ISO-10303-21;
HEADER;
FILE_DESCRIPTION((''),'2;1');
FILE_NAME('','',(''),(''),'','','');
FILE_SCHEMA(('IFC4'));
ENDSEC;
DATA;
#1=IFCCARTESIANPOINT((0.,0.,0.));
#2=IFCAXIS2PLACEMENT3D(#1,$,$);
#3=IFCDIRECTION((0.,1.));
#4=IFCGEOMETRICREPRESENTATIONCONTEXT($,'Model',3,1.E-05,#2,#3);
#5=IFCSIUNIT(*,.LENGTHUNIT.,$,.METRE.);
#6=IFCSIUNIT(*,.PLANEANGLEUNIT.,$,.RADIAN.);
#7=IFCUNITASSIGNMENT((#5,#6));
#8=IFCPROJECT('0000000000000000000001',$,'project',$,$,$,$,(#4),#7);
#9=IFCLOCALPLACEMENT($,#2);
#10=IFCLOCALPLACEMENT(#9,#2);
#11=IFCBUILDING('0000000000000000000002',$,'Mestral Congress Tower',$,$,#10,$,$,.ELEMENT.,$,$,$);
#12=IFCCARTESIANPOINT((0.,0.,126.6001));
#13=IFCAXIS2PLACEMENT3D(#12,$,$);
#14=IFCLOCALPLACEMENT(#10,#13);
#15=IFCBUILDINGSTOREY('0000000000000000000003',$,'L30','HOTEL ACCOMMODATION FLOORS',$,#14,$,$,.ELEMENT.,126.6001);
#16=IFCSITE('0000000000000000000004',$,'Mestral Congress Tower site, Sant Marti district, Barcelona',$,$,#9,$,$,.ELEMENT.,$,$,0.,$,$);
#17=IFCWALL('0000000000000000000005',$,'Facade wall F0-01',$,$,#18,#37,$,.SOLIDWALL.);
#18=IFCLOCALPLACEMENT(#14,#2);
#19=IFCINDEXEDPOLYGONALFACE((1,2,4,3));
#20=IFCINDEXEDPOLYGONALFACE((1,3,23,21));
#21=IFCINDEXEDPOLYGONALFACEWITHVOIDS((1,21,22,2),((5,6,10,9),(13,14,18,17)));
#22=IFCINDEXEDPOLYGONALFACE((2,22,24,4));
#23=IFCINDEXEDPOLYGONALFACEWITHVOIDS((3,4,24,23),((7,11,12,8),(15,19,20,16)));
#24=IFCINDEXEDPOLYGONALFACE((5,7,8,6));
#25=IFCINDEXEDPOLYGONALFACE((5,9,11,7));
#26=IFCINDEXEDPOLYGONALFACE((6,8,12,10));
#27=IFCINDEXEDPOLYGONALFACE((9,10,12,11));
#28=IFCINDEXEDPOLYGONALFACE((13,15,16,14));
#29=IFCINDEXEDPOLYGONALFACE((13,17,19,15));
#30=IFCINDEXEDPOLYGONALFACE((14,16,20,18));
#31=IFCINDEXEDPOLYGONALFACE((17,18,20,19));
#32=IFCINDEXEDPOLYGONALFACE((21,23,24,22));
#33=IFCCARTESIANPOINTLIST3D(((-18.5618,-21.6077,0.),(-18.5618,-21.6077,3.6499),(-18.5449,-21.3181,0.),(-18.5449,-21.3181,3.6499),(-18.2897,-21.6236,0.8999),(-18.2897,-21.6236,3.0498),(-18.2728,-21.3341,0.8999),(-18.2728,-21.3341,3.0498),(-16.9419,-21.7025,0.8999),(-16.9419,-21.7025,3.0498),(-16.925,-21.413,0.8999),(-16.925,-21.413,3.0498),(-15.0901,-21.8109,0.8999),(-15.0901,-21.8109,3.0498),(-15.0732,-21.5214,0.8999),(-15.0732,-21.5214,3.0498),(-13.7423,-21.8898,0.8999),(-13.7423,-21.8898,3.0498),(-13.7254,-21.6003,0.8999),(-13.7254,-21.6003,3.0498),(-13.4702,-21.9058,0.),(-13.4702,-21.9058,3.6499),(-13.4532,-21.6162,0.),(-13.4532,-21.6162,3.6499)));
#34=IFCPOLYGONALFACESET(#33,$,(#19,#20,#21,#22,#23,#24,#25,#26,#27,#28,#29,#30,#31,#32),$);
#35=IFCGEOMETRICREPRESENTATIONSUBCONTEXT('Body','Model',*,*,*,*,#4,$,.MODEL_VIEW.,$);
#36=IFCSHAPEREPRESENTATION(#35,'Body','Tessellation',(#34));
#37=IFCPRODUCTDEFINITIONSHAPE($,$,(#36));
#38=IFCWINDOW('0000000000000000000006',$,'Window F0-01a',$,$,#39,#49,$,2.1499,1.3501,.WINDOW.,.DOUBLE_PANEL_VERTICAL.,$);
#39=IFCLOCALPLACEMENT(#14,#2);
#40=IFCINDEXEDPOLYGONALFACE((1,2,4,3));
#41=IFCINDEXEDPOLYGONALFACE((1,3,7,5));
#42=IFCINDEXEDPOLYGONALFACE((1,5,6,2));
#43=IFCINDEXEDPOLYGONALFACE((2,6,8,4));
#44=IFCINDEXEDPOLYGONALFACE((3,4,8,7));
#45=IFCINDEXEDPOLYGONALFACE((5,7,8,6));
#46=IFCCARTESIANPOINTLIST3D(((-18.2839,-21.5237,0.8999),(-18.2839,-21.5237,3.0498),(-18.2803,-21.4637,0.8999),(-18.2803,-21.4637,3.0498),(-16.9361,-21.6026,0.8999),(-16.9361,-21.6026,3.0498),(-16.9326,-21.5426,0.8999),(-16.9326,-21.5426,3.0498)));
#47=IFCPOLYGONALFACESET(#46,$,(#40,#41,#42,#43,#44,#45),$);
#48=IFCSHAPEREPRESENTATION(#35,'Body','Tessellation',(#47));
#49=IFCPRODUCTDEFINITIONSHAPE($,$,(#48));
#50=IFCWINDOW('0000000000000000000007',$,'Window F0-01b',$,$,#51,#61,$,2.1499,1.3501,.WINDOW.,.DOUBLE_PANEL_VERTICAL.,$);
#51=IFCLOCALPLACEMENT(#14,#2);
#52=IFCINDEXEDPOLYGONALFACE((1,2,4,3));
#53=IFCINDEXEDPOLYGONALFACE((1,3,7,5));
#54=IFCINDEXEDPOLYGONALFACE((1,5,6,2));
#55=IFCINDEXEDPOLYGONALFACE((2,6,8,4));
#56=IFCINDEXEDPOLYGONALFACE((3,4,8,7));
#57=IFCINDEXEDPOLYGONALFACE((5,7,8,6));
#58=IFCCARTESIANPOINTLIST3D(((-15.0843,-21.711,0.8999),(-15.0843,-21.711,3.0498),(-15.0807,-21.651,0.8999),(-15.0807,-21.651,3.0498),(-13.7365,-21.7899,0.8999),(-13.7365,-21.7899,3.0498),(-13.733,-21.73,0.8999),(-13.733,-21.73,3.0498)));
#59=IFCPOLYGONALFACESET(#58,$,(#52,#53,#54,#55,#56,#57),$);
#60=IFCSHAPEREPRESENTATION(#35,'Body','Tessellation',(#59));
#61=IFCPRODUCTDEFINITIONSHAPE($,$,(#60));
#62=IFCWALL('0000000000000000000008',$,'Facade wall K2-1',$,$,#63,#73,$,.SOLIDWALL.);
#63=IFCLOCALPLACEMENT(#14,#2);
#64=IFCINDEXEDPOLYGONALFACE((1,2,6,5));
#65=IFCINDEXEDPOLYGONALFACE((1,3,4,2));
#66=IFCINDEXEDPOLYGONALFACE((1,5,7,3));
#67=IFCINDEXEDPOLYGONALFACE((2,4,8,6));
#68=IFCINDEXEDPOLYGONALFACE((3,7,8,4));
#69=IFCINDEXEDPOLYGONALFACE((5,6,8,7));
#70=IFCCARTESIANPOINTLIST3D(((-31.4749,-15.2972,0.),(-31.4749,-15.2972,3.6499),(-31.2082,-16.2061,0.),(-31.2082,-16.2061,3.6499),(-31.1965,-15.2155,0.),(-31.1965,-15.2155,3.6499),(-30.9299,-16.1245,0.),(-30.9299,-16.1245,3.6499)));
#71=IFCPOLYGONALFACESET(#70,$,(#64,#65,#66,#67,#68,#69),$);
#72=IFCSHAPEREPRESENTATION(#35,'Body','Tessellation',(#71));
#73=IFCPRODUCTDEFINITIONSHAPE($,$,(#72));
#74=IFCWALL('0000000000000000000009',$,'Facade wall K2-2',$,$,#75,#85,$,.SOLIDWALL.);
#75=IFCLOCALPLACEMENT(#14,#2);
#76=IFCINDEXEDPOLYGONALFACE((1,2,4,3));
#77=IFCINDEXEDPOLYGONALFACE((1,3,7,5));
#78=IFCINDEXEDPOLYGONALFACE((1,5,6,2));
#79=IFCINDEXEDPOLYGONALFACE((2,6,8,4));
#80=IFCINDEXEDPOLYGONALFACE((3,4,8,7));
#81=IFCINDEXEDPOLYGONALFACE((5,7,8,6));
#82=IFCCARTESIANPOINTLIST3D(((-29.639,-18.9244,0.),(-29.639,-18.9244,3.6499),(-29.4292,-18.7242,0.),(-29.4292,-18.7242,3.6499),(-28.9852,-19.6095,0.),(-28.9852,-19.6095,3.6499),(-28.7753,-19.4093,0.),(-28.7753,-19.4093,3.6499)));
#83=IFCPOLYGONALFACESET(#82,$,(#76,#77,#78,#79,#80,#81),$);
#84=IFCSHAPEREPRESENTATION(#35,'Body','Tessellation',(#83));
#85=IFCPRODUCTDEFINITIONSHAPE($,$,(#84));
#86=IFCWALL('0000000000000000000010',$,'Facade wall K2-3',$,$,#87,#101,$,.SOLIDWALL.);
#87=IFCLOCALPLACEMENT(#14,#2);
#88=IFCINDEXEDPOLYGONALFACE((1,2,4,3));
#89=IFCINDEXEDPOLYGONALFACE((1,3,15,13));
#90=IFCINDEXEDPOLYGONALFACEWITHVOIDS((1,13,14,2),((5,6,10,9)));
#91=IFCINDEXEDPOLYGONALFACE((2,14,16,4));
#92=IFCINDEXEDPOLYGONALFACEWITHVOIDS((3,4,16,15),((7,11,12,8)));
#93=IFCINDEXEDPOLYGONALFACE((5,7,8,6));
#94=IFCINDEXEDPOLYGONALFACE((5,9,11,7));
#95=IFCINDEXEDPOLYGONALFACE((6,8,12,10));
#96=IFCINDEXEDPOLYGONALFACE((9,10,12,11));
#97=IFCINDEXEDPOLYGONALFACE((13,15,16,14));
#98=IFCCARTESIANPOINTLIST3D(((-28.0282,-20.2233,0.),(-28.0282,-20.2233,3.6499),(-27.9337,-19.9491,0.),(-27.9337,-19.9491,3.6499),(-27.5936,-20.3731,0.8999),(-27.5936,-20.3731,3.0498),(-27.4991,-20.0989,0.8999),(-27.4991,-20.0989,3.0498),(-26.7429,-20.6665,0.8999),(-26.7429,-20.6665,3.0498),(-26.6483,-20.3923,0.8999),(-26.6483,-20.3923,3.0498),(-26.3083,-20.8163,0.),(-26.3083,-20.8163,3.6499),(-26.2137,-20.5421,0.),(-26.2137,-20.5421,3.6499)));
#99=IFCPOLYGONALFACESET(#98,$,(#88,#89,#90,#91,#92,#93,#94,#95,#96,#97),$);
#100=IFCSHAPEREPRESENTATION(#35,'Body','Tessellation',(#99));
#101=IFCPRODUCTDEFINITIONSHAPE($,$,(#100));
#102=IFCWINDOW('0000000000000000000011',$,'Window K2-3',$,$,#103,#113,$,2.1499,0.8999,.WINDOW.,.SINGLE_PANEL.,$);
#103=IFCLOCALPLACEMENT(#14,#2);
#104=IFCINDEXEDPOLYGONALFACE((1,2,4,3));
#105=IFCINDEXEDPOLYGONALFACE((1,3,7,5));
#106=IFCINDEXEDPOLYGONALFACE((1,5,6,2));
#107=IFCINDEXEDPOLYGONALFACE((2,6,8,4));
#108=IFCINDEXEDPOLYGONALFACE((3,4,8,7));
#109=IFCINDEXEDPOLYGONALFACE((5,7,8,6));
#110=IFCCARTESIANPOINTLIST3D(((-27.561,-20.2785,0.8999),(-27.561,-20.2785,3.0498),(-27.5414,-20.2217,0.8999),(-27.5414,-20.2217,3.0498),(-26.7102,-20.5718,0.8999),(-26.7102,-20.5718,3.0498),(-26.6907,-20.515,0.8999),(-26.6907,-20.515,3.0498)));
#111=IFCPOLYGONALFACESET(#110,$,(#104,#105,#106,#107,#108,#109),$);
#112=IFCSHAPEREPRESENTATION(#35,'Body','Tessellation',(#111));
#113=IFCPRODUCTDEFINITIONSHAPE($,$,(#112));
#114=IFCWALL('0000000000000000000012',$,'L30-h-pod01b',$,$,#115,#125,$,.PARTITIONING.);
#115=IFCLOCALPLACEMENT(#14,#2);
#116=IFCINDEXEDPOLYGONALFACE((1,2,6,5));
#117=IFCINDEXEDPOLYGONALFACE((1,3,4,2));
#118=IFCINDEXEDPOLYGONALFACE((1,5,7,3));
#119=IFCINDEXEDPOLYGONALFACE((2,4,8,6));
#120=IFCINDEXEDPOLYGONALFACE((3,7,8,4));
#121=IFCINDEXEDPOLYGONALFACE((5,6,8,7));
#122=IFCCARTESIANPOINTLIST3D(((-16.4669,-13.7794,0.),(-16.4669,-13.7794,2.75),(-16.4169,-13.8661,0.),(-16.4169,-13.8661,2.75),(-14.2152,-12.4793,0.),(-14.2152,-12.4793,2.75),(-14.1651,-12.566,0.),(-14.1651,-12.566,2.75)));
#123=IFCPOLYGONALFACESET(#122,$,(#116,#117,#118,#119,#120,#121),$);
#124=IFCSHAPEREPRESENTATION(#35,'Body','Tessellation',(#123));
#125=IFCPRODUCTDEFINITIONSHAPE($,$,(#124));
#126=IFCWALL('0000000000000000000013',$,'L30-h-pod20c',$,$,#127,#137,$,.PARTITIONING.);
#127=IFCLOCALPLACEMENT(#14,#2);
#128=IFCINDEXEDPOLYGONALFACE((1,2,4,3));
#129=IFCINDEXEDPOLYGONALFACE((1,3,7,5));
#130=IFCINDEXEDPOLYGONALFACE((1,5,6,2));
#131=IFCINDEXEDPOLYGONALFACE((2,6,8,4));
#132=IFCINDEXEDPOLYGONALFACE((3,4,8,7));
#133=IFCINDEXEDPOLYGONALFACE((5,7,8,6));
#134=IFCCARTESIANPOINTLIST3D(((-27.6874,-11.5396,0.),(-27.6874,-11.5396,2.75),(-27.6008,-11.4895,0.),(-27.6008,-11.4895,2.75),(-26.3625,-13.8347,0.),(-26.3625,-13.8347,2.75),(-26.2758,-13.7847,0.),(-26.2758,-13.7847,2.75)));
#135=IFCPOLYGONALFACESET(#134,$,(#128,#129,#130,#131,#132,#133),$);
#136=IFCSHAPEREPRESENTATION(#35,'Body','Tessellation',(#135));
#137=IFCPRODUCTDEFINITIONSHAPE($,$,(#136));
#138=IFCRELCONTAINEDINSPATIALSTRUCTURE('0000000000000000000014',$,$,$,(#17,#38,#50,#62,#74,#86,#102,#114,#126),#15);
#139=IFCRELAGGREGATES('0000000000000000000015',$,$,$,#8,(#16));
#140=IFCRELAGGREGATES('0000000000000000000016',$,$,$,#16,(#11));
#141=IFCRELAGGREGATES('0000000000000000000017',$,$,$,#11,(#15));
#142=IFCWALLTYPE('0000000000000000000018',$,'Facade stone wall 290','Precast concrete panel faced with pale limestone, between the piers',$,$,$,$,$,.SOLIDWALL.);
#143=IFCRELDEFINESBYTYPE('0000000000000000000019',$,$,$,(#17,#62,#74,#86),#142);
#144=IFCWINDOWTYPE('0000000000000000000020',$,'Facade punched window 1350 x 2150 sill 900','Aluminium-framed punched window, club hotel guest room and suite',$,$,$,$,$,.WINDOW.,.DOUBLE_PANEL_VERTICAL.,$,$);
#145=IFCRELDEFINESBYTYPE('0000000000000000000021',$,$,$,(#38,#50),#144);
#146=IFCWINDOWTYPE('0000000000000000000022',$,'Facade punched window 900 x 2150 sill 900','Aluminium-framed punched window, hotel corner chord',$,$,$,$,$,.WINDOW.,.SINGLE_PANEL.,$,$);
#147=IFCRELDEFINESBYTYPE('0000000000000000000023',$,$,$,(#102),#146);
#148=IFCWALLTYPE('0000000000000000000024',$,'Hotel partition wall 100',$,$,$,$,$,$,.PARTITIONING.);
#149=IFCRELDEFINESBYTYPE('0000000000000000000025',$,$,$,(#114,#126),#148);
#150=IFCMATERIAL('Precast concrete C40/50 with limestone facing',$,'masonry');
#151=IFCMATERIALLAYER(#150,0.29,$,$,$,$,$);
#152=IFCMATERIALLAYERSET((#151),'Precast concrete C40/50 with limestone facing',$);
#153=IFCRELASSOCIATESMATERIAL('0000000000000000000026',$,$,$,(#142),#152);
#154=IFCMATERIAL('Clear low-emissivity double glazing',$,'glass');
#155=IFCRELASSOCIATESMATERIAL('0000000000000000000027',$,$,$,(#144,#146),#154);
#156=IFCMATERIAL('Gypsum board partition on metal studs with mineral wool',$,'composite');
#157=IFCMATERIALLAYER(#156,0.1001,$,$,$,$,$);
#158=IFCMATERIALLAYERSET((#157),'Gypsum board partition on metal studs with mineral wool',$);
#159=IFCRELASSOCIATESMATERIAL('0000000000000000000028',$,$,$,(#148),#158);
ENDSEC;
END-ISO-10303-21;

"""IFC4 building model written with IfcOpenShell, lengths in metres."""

from ifc_helpers import new_model, si_unit, direction, frame, frame_2d, origin, place, context, subcontext, project, spatial, rectangle, extrude, material, layer, layer_set, type_object, element, fill, save


model = new_model("IFC4")

# Units and contexts
model_context = context("Model", 3, precision=1e-05, world=origin(), true_north=direction((0.0, 1.0)))
body_context = subcontext(model_context, "Body", "Model", "MODEL_VIEW")
ifc_project = project(units=[si_unit("LENGTHUNIT", "METRE"), si_unit("PLANEANGLEUNIT", "RADIAN")], contexts=[model_context])

# Site, building, storey
site_placement = place(None, origin())
site = spatial("IfcSite", under=ifc_project, at=site_placement, Name="Mestral Congress Tower site, Sant Marti district, Barcelona", CompositionType="ELEMENT", RefElevation=0.0)
building_placement = place(site_placement, origin())
building = spatial("IfcBuilding", under=site, at=building_placement, Name="Mestral Congress Tower", CompositionType="ELEMENT")
storey_placement = place(building_placement, frame((0.0, 0.0, 126.6001)))
storey = spatial("IfcBuildingStorey", under=building, at=storey_placement, Name="L30", Description="HOTEL ACCOMMODATION FLOORS", CompositionType="ELEMENT", Elevation=126.6001)

# Wall, openings, windows
ifc_material_1 = material(Name="Precast concrete C40/50 with limestone facing", Category="masonry")
ifc_layer_1 = layer(ifc_material_1, 0.29)
ifc_layer_set_1 = layer_set([ifc_layer_1], Name="Precast concrete C40/50 with limestone facing")
wall_type_1 = type_object("IfcWallType", Name="Facade stone wall 290", Description="Precast concrete panel faced with pale limestone, between the piers", PredefinedType="SOLIDWALL", material=ifc_layer_set_1)
ifc_material_2 = material(Name="Clear low-emissivity double glazing", Category="glass")
window_type_1 = type_object("IfcWindowType", Name="Facade punched window 1350 x 2150 sill 900", Description="Aluminium-framed punched window, club hotel guest room and suite", PartitioningType="DOUBLE_PANEL_VERTICAL", PredefinedType="WINDOW", material=ifc_material_2)
wall_1_placement = place(storey_placement, frame((-18.5535, -21.4629, 0.0), z_axis=(0.0, 0.0, 1.0), x_axis=(0.998291, -0.058447, 0.0)))
wall_1 = element("IfcWall", 1, at=wall_1_placement, inside=storey, type_object=wall_type_1, Name="Facade wall F0-01", PredefinedType="SOLIDWALL", context=body_context, shape_type="SweptSolid", body=[
    extrude(rectangle(XDim=5.1003, YDim=0.29, at=frame_2d((2.5503, 0.0))), origin(), (0.0, 0.0, 1.0), 3.6499),
])
opening_1_placement = place(wall_1_placement, frame((0.2727, 0.0, 0.8999)))
opening_1 = element("IfcOpeningElement", 2, at=opening_1_placement, cuts=wall_1, PredefinedType="OPENING", context=body_context, shape_type="SweptSolid", body=[
    extrude(rectangle(XDim=1.3501, YDim=2.1499, at=frame_2d((0.675, 1.075))), frame((0.0, 0.155, 0.0), z_axis=(0.0, -1.0, 0.0), x_axis=(1.0, 0.0, 0.0)), (0.0, 0.0, 1.0), 0.3101),
])
opening_2_placement = place(wall_1_placement, frame((3.4778, 0.0, 0.8999)))
opening_2 = element("IfcOpeningElement", 3, at=opening_2_placement, cuts=wall_1, PredefinedType="OPENING", context=body_context, shape_type="SweptSolid", body=[
    extrude(rectangle(XDim=1.3501, YDim=2.1499, at=frame_2d((0.675, 1.075))), frame((0.0, 0.155, 0.0), z_axis=(0.0, -1.0, 0.0), x_axis=(1.0, 0.0, 0.0)), (0.0, 0.0, 1.0), 0.3101),
])
window_1_placement = place(opening_1_placement, origin())
window_1 = element("IfcWindow", 4, at=window_1_placement, inside=storey, type_object=window_type_1, Name="Window F0-01a", OverallHeight=2.1499, OverallWidth=1.3501, PartitioningType="DOUBLE_PANEL_VERTICAL", PredefinedType="WINDOW", context=body_context, shape_type="SweptSolid", body=[
    extrude(rectangle(XDim=1.3501, YDim=2.1499, at=frame_2d((0.675, 1.075))), frame((0.0, 0.0151, 0.0), z_axis=(0.0, -1.0, 0.0), x_axis=(1.0, 0.0, 0.0)), (0.0, 0.0, 1.0), 0.0601),
])
fill(opening_1, window_1)
window_2_placement = place(opening_2_placement, origin())
window_2 = element("IfcWindow", 5, at=window_2_placement, inside=storey, type_object=window_type_1, Name="Window F0-01b", OverallHeight=2.1499, OverallWidth=1.3501, PartitioningType="DOUBLE_PANEL_VERTICAL", PredefinedType="WINDOW", context=body_context, shape_type="SweptSolid", body=[
    extrude(rectangle(XDim=1.3501, YDim=2.1499, at=frame_2d((0.675, 1.075))), frame((0.0, 0.0151, 0.0), z_axis=(0.0, -1.0, 0.0), x_axis=(1.0, 0.0, 0.0)), (0.0, 0.0, 1.0), 0.0601),
])
fill(opening_2, window_2)

# Walls
wall_2_placement = place(storey_placement, frame((-31.3357, -15.2563, 0.0), z_axis=(0.0, 0.0, 1.0), x_axis=(0.281455, -0.959575, 0.0)))
element("IfcWall", 6, at=wall_2_placement, inside=storey, type_object=wall_type_1, Name="Facade wall K2-1", PredefinedType="SOLIDWALL", context=body_context, shape_type="SweptSolid", body=[
    extrude(rectangle(XDim=0.9473, YDim=0.29, at=frame_2d((0.4736, 0.0))), origin(), (0.0, 0.0, 1.0), 3.6499),
])
wall_3_placement = place(storey_placement, frame((-29.5342, -18.8242, 0.0), z_axis=(0.0, 0.0, 1.0), x_axis=(0.690414, -0.723414, 0.0)))
element("IfcWall", 7, at=wall_3_placement, inside=storey, type_object=wall_type_1, Name="Facade wall K2-2", PredefinedType="SOLIDWALL", context=body_context, shape_type="SweptSolid", body=[
    extrude(rectangle(XDim=0.947, YDim=0.29, at=frame_2d((0.4736, 0.0))), origin(), (0.0, 0.0, 1.0), 3.6499),
])

# Wall, opening, window
wall_4_placement = place(storey_placement, frame((-27.981, -20.0862, 0.0), z_axis=(0.0, 0.0, 1.0), x_axis=(0.945386, -0.325953, 0.0)))
wall_4 = element("IfcWall", 8, at=wall_4_placement, inside=storey, type_object=wall_type_1, Name="Facade wall K2-3", PredefinedType="SOLIDWALL", context=body_context, shape_type="SweptSolid", body=[
    extrude(rectangle(XDim=1.8193, YDim=0.29, at=frame_2d((0.9097, 0.0))), origin(), (0.0, 0.0, 1.0), 3.6499),
])
opening_3_placement = place(wall_4_placement, frame((0.4597, 0.0, 0.8999)))
opening_3 = element("IfcOpeningElement", 9, at=opening_3_placement, cuts=wall_4, PredefinedType="OPENING", context=body_context, shape_type="SweptSolid", body=[
    extrude(rectangle(XDim=0.8999, YDim=2.1499, at=frame_2d((0.45, 1.075))), frame((0.0, 0.155, 0.0), z_axis=(0.0, -1.0, 0.0), x_axis=(1.0, 0.0, 0.0)), (0.0, 0.0, 1.0), 0.3101),
])
window_type_2 = type_object("IfcWindowType", Name="Facade punched window 900 x 2150 sill 900", Description="Aluminium-framed punched window, hotel corner chord", PartitioningType="SINGLE_PANEL", PredefinedType="WINDOW", material=ifc_material_2)
window_3_placement = place(opening_3_placement, origin())
window_3 = element("IfcWindow", 10, at=window_3_placement, inside=storey, type_object=window_type_2, Name="Window K2-3", OverallHeight=2.1499, OverallWidth=0.8999, PartitioningType="SINGLE_PANEL", PredefinedType="WINDOW", context=body_context, shape_type="SweptSolid", body=[
    extrude(rectangle(XDim=0.8999, YDim=2.1499, at=frame_2d((0.45, 1.075))), frame((0.0, 0.0151, 0.0), z_axis=(0.0, -1.0, 0.0), x_axis=(1.0, 0.0, 0.0)), (0.0, 0.0, 1.0), 0.0601),
])
fill(opening_3, window_3)

# Walls
ifc_material_3 = material(Name="Gypsum board partition on metal studs with mineral wool", Category="composite")
ifc_layer_2 = layer(ifc_material_3, 0.1001)
ifc_layer_set_2 = layer_set([ifc_layer_2], Name="Gypsum board partition on metal studs with mineral wool")
wall_type_2 = type_object("IfcWallType", Name="Hotel partition wall 100", PredefinedType="PARTITIONING", material=ifc_layer_set_2)
wall_5_placement = place(storey_placement, frame((-16.4419, -13.8228, 0.0), z_axis=(0.0, 0.0, 1.0), x_axis=(0.866021, 0.500007, 0.0)))
element("IfcWall", 11, at=wall_5_placement, inside=storey, type_object=wall_type_2, Name="L30-h-pod01b", PredefinedType="PARTITIONING", context=body_context, shape_type="SweptSolid", body=[
    extrude(rectangle(XDim=2.6001, YDim=0.1001, at=frame_2d((1.3, 0.0))), origin(), (0.0, 0.0, 1.0), 2.75),
])
wall_6_placement = place(storey_placement, frame((-26.3191, -13.8098, 0.0), z_axis=(0.0, 0.0, 1.0), x_axis=(-0.499954, 0.866052, 0.0)))
element("IfcWall", 12, at=wall_6_placement, inside=storey, type_object=wall_type_2, Name="L30-h-pod20c", PredefinedType="PARTITIONING", context=body_context, shape_type="SweptSolid", body=[
    extrude(rectangle(XDim=2.6501, YDim=0.1001, at=frame_2d((1.3252, 0.0))), origin(), (0.0, 0.0, 1.0), 2.75),
])

save(model, "model.ifc")
